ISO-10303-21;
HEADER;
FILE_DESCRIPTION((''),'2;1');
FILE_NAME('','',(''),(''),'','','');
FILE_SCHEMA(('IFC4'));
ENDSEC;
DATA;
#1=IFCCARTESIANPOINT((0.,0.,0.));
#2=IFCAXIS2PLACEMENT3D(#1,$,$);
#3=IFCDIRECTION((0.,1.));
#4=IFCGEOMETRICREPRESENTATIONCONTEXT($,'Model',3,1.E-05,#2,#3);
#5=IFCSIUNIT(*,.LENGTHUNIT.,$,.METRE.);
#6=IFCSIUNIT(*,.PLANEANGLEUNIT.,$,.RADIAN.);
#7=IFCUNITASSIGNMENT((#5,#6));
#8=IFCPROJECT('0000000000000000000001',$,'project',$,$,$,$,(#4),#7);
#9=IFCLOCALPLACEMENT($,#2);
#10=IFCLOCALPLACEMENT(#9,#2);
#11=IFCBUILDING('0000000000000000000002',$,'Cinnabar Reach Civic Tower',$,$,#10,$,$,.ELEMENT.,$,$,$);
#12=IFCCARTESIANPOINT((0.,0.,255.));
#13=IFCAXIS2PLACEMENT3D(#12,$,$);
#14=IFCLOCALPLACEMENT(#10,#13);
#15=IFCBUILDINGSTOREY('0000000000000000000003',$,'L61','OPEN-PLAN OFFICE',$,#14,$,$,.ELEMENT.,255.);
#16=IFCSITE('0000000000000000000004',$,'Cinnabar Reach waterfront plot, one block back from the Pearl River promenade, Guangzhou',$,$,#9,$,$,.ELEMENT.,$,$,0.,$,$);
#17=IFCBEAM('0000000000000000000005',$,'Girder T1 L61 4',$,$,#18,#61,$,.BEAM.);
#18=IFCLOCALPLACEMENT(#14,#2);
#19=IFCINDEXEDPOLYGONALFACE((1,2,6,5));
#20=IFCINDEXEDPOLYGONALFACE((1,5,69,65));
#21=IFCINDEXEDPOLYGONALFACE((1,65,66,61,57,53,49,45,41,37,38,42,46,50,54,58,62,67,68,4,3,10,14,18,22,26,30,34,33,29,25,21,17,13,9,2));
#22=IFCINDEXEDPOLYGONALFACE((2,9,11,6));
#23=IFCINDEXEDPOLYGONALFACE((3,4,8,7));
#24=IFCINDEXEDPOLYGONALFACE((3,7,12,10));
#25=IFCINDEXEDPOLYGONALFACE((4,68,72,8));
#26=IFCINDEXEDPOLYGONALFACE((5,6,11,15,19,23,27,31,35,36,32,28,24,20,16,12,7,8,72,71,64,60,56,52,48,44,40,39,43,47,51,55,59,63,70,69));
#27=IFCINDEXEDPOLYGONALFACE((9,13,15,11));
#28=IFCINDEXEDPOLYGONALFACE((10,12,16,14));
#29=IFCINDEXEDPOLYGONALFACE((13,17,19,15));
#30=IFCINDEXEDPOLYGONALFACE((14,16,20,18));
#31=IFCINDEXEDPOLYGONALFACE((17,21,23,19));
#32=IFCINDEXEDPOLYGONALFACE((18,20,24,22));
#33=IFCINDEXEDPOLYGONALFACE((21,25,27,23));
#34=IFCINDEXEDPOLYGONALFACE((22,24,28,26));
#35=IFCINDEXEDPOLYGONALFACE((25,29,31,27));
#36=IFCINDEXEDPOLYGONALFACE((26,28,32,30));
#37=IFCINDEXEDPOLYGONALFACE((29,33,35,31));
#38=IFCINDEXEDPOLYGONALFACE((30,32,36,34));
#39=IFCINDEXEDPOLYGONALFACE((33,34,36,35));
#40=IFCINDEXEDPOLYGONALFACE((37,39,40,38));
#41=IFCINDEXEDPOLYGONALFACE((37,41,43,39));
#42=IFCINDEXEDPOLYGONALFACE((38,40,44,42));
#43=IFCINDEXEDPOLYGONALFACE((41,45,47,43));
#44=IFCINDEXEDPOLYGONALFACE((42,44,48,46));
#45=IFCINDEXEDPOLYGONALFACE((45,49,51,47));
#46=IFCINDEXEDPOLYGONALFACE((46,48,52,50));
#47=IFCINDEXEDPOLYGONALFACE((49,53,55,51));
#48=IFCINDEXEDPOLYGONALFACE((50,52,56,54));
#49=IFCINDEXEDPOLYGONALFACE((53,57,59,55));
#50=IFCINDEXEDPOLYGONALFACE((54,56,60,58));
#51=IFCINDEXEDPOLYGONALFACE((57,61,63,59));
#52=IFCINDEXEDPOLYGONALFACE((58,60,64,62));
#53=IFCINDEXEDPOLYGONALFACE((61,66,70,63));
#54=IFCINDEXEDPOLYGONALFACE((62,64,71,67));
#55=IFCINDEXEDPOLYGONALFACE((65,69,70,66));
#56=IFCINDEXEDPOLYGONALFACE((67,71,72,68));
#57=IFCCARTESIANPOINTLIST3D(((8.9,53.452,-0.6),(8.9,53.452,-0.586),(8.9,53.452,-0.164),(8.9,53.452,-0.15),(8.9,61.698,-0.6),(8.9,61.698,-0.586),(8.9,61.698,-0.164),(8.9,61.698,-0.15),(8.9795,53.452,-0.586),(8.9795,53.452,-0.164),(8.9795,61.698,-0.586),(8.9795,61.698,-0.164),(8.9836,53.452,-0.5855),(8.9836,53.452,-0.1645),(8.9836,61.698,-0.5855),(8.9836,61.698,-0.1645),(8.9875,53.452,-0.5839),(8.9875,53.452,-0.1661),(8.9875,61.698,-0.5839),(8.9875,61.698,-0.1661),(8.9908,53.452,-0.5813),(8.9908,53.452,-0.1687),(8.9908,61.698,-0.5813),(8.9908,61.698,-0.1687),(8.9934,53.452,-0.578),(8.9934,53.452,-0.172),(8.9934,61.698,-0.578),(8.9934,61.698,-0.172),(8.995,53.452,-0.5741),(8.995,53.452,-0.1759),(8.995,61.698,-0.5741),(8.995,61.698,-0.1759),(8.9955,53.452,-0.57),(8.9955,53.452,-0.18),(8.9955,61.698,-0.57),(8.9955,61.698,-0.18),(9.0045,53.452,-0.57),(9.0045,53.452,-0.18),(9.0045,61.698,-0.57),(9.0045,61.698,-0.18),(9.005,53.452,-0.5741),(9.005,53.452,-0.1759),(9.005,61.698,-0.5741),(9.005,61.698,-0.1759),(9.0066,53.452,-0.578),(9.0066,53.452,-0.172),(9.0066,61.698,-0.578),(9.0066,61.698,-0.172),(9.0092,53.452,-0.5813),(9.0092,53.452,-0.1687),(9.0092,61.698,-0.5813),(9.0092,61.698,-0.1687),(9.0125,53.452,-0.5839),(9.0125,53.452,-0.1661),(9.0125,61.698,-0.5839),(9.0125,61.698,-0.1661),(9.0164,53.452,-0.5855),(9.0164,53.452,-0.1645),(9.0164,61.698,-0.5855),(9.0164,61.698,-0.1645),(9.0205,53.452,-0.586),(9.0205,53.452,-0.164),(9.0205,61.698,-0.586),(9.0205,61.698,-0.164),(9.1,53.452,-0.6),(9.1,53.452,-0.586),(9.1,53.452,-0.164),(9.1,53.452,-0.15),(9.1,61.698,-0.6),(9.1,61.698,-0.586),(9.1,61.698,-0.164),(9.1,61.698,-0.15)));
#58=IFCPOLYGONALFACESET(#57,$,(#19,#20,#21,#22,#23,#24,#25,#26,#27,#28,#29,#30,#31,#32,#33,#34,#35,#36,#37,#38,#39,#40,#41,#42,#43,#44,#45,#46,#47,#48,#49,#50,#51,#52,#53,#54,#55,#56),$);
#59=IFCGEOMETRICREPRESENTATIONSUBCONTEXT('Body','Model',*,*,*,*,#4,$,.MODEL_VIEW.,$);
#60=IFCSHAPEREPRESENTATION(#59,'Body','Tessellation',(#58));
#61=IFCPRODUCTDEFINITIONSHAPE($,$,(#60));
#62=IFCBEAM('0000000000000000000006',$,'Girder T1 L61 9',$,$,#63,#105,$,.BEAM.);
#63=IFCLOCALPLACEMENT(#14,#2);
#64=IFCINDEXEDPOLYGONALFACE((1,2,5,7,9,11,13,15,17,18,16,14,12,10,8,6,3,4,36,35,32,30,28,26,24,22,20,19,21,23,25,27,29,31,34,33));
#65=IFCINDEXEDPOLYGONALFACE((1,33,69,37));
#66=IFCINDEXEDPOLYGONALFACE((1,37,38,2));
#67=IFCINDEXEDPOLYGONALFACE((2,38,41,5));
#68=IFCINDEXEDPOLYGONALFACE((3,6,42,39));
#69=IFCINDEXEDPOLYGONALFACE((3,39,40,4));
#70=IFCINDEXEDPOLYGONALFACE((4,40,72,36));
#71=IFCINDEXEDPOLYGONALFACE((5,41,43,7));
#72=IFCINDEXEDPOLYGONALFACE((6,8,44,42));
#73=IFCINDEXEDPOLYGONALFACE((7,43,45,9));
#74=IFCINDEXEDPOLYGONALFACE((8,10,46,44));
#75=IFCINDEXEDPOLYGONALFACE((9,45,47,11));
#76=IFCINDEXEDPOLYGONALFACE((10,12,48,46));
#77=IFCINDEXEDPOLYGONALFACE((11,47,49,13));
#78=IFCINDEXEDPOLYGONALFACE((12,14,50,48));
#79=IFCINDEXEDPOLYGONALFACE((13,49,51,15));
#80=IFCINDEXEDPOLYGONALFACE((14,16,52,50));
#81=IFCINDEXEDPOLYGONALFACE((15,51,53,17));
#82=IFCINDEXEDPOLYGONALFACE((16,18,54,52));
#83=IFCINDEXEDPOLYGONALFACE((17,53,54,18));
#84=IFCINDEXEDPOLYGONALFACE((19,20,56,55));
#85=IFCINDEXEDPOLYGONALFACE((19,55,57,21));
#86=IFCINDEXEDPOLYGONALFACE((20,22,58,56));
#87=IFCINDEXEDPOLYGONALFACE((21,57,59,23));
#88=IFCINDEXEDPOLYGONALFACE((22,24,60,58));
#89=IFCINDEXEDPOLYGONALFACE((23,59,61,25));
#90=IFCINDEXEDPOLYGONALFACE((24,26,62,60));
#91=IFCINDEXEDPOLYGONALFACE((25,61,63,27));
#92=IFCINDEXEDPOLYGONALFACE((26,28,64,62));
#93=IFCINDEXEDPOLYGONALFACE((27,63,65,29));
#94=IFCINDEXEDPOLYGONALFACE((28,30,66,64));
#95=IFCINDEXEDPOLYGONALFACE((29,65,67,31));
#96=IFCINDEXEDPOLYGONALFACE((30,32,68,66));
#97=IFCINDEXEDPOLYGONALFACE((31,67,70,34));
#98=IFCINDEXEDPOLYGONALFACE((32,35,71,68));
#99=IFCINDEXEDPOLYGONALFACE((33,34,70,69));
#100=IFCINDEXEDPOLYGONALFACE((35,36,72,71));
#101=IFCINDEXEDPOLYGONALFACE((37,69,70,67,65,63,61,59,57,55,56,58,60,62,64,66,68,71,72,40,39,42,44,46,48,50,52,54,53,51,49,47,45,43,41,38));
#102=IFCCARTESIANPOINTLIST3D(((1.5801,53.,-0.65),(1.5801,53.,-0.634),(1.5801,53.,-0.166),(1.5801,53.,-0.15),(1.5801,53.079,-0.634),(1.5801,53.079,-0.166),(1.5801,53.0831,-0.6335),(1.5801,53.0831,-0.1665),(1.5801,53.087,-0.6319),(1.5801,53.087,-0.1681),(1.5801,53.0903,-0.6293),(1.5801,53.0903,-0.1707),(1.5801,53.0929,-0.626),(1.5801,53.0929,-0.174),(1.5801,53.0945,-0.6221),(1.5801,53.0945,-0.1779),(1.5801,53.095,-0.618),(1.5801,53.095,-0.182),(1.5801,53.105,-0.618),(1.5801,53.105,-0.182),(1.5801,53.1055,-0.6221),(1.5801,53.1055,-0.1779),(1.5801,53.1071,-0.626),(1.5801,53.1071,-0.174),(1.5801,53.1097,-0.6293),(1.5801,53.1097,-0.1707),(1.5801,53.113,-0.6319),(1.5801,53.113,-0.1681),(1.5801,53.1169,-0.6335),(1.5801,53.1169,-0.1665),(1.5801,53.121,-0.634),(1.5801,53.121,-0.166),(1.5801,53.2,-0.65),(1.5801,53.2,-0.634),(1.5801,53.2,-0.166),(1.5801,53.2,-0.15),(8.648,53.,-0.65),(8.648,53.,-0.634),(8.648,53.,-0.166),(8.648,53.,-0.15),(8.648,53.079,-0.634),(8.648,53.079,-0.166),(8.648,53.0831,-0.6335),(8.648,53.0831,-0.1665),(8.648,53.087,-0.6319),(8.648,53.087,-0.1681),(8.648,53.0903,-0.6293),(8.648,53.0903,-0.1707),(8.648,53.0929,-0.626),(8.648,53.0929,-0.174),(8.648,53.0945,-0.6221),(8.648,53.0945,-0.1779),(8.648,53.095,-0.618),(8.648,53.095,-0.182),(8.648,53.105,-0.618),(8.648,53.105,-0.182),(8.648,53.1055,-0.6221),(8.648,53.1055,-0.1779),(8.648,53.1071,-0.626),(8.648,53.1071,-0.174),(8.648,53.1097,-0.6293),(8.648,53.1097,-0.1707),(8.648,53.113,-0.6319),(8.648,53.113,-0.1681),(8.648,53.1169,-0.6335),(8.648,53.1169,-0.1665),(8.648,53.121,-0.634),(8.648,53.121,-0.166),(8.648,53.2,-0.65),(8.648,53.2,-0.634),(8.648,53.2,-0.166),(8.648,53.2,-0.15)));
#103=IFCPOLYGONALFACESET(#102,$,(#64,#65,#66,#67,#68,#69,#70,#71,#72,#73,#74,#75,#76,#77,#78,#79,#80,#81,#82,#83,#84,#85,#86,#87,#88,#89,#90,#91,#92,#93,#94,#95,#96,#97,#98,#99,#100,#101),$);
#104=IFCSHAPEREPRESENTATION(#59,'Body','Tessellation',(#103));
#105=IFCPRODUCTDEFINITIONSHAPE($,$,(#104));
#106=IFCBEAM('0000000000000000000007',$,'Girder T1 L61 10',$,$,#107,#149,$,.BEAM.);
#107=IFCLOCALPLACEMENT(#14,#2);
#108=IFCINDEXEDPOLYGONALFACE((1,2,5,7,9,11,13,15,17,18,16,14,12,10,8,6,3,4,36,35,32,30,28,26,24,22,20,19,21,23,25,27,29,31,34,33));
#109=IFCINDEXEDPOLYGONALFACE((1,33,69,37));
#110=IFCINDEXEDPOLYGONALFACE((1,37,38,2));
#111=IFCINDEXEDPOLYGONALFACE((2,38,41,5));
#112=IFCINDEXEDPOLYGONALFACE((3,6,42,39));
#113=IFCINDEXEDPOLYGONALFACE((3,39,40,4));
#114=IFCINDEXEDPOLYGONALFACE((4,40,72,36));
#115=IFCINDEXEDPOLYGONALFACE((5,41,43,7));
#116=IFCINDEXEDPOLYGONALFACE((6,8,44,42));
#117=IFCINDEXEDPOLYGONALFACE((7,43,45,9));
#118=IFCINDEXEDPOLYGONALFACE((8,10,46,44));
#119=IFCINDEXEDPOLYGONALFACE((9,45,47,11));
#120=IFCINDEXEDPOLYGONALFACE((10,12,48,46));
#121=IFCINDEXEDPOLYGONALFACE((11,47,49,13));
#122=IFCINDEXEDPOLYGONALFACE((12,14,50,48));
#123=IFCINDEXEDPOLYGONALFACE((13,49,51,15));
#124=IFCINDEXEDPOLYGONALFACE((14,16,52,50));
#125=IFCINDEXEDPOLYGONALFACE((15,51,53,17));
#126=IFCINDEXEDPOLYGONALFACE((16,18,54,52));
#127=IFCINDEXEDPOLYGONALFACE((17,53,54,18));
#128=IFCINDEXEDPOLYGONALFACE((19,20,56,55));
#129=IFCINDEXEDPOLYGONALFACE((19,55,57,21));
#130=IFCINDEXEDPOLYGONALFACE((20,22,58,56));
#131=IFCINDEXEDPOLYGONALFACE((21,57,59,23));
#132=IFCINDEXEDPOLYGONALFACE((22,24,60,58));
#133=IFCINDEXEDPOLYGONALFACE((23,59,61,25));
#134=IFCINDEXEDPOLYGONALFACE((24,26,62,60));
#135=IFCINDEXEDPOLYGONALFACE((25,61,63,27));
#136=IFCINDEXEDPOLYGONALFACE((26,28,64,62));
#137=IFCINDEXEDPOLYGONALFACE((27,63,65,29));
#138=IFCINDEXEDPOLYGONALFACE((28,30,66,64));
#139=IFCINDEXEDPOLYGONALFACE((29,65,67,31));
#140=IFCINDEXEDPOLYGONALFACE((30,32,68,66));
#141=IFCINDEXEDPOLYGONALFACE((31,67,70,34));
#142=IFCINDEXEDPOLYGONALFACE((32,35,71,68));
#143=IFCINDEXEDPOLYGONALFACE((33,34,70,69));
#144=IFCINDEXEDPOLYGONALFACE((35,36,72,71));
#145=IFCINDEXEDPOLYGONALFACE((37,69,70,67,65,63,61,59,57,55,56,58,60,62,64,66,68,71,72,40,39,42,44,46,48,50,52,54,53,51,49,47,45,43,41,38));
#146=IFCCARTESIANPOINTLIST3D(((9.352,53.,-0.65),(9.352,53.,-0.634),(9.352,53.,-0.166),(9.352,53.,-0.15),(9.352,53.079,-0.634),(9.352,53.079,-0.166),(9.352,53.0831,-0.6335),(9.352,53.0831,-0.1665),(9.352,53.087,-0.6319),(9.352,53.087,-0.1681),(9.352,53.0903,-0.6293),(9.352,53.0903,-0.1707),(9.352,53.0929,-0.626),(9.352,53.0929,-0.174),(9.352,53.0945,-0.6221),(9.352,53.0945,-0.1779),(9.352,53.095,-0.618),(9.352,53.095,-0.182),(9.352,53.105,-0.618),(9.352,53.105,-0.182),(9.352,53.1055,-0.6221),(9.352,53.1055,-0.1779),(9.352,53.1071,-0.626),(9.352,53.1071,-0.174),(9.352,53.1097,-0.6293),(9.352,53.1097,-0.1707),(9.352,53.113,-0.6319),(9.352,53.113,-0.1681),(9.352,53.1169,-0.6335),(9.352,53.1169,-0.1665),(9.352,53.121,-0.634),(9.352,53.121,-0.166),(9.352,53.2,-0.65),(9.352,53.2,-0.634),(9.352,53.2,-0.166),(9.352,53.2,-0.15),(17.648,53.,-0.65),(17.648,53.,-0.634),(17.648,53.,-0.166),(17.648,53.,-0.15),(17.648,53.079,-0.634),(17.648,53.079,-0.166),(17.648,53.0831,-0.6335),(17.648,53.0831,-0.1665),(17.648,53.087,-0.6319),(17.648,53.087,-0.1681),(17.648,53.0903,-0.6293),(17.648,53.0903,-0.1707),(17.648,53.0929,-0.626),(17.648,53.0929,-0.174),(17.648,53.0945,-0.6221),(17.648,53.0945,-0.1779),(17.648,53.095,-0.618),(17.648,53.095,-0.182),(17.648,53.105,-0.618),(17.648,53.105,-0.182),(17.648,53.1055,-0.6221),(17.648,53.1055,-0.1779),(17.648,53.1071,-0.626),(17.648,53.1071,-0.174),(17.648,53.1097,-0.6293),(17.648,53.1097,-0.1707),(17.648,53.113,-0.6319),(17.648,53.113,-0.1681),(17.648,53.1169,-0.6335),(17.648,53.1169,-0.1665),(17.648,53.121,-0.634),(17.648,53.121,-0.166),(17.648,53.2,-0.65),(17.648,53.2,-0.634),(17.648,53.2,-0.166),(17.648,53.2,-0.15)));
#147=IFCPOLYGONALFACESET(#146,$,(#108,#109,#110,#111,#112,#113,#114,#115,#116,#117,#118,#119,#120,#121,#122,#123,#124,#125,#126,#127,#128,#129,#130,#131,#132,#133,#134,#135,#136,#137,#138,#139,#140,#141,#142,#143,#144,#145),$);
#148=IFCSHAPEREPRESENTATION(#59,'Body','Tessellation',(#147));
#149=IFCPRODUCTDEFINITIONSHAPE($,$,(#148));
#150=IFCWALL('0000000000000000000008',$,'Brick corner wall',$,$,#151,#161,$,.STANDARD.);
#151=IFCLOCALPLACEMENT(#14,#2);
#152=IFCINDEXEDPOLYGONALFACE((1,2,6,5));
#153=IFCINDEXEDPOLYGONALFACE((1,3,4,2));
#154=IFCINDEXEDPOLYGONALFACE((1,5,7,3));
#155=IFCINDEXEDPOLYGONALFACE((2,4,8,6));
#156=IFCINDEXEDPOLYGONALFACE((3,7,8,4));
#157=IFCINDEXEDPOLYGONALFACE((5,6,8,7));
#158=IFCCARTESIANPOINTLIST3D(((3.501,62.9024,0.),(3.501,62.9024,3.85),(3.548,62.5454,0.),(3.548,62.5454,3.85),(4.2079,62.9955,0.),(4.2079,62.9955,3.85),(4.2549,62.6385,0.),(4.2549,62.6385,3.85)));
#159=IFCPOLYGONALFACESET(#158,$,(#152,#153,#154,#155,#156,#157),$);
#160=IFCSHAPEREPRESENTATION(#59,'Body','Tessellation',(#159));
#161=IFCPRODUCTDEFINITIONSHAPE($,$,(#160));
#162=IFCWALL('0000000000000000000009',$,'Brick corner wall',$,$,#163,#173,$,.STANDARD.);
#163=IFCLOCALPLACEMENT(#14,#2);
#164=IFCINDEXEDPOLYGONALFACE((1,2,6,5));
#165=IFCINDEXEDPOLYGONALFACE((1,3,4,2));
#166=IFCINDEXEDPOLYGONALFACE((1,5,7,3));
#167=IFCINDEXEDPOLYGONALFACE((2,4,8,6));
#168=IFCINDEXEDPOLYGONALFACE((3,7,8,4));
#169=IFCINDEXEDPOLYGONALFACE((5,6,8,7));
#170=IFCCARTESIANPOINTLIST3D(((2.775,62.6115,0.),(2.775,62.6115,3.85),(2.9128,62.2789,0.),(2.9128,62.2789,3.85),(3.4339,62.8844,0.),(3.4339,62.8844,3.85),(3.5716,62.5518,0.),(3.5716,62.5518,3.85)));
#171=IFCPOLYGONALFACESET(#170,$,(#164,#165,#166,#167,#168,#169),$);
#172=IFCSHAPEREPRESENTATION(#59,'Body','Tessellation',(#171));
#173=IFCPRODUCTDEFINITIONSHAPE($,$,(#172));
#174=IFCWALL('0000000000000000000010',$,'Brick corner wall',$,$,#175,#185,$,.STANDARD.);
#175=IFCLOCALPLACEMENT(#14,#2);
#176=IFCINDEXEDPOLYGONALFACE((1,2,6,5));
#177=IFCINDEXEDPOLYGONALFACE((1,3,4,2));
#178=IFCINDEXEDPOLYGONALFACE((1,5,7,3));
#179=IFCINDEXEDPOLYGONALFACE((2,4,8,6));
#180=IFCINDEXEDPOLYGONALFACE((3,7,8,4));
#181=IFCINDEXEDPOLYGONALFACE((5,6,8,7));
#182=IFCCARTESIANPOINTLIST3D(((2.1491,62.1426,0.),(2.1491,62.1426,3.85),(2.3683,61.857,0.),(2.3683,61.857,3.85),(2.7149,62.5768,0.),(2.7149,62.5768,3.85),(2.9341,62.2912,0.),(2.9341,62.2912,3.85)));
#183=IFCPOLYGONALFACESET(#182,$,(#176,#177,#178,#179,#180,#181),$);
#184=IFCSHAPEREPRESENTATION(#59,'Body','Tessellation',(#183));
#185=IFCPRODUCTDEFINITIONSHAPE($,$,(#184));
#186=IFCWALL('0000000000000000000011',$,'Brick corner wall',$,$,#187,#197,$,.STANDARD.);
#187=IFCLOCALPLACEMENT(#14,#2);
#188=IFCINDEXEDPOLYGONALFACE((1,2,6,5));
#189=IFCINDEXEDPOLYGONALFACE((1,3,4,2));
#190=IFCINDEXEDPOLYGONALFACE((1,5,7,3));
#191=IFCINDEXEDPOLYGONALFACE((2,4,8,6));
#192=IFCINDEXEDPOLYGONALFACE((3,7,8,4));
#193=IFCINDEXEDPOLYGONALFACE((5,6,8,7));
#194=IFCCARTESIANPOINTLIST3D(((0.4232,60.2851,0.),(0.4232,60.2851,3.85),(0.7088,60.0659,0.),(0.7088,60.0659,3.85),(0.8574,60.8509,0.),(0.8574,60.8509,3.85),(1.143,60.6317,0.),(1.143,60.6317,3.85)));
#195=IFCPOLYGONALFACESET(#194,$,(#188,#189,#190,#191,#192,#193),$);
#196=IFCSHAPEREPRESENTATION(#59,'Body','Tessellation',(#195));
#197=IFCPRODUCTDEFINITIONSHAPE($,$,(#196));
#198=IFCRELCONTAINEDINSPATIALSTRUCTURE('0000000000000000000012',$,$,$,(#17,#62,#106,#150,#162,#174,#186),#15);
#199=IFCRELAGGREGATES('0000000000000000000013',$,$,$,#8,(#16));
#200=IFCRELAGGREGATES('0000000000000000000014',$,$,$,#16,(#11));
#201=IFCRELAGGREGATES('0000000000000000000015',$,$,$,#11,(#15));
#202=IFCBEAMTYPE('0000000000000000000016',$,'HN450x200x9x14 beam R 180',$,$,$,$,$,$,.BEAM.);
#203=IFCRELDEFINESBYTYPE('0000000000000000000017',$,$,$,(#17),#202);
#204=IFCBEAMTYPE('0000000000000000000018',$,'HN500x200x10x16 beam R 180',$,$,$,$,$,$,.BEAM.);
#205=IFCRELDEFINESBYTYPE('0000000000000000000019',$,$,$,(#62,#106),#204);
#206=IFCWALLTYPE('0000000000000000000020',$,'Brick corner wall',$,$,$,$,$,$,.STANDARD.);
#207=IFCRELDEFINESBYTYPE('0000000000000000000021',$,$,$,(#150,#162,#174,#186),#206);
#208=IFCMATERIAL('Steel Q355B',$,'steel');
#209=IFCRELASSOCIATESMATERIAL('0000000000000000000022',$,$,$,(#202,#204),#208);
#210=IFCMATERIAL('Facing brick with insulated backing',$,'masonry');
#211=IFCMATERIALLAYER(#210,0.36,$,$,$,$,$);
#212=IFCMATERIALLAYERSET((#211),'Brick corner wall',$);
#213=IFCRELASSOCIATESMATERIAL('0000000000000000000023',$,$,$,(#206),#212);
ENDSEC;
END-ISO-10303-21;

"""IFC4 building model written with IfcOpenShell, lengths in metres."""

from ifc_helpers import new_model, si_unit, direction, frame, frame_2d, origin, origin_2d, place, context, subcontext, project, spatial, rectangle, i_section, extrude, material, layer, layer_set, material_profile, profile_set, type_object, element, save


model = new_model("IFC4")

# Units and contexts
model_context = context("Model", 3, precision=1e-05, world=origin(), true_north=direction((0.0, 1.0)))
body_context = subcontext(model_context, "Body", "Model", "MODEL_VIEW")
ifc_project = project(units=[si_unit("LENGTHUNIT", "METRE"), si_unit("PLANEANGLEUNIT", "RADIAN")], contexts=[model_context])

# Site, building, storey
site_placement = place(None, origin())
site = spatial("IfcSite", under=ifc_project, at=site_placement, Name="Cinnabar Reach waterfront plot, one block back from the Pearl River promenade, Guangzhou", CompositionType="ELEMENT", RefElevation=0.0)
building_placement = place(site_placement, origin())
building = spatial("IfcBuilding", under=site, at=building_placement, Name="Cinnabar Reach Civic Tower", CompositionType="ELEMENT")
storey_placement = place(building_placement, frame((0.0, 0.0, 255.0)))
storey = spatial("IfcBuildingStorey", under=building, at=storey_placement, Name="L61", Description="OPEN-PLAN OFFICE", CompositionType="ELEMENT", Elevation=255.0)

# Beams
ifc_material_1 = material(Name="Steel Q355B", Category="steel")
ifc_material_profile_1 = material_profile(ifc_material_1, i_section(OverallWidth=0.2, OverallDepth=0.45, WebThickness=0.009, FlangeThickness=0.014, FilletRadius=0.016, at=origin_2d()), Name="HN450x200x9x14")
ifc_profile_set_1 = profile_set([ifc_material_profile_1], Name="Steel Q355B")
beam_type_1 = type_object("IfcBeamType", Name="HN450x200x9x14 beam R 180", PredefinedType="BEAM", material=ifc_profile_set_1)
beam_1_placement = place(storey_placement, frame((9.0, 53.452, -0.375), z_axis=(0.0, 1.0, 0.0), x_axis=(-1.0, 0.0, 0.0)))
element("IfcBeam", 1, at=beam_1_placement, inside=storey, type_object=beam_type_1, Name="Girder T1 L61 4", PredefinedType="BEAM", context=body_context, shape_type="SweptSolid", body=[
    extrude(i_section(OverallWidth=0.2, OverallDepth=0.45, WebThickness=0.009, FlangeThickness=0.014, FilletRadius=0.016, at=origin_2d()), origin(), (0.0, 0.0, 1.0), 8.246),
])
ifc_material_profile_2 = material_profile(ifc_material_1, i_section(OverallWidth=0.2, OverallDepth=0.5, WebThickness=0.01, FlangeThickness=0.016, FilletRadius=0.016, at=origin_2d()), Name="HN500x200x10x16")
ifc_profile_set_2 = profile_set([ifc_material_profile_2], Name="Steel Q355B")
beam_type_2 = type_object("IfcBeamType", Name="HN500x200x10x16 beam R 180", PredefinedType="BEAM", material=ifc_profile_set_2)
beam_2_placement = place(storey_placement, frame((1.5801, 53.1, -0.4), z_axis=(1.0, 0.0, 0.0), x_axis=(0.0, 1.0, 0.0)))
element("IfcBeam", 2, at=beam_2_placement, inside=storey, type_object=beam_type_2, Name="Girder T1 L61 9", PredefinedType="BEAM", context=body_context, shape_type="SweptSolid", body=[
    extrude(i_section(OverallWidth=0.2, OverallDepth=0.5, WebThickness=0.01, FlangeThickness=0.016, FilletRadius=0.016, at=origin_2d()), origin(), (0.0, 0.0, 1.0), 7.0679),
])
beam_3_placement = place(storey_placement, frame((9.352, 53.1, -0.4), z_axis=(1.0, 0.0, 0.0), x_axis=(0.0, 1.0, 0.0)))
element("IfcBeam", 3, at=beam_3_placement, inside=storey, type_object=beam_type_2, Name="Girder T1 L61 10", PredefinedType="BEAM", context=body_context, shape_type="SweptSolid", body=[
    extrude(i_section(OverallWidth=0.2, OverallDepth=0.5, WebThickness=0.01, FlangeThickness=0.016, FilletRadius=0.016, at=origin_2d()), origin(), (0.0, 0.0, 1.0), 8.296),
])

# Walls
ifc_material_2 = material(Name="Facing brick with insulated backing", Category="masonry")
ifc_layer_1 = layer(ifc_material_2, 0.36)
ifc_layer_set_1 = layer_set([ifc_layer_1], Name="Brick corner wall")
wall_type_1 = type_object("IfcWallType", Name="Brick corner wall", PredefinedType="STANDARD", material=ifc_layer_set_1)
for number, where, z_axis, x_axis, name in (
    (4, (4.2314, 62.817, 0.0), (0.0, 0.0, 1.0), (-0.991441, -0.130556, 0.0), "Brick corner wall"),
    (5, (3.5027, 62.7181, 0.0), (0.0, 0.0, 1.0), (-0.923872, -0.382703, 0.0), "Brick corner wall"),
):
    element("IfcWall", number, at=place(storey_placement, frame(where, z_axis=z_axis, x_axis=x_axis)), inside=storey, type_object=wall_type_1, Name=name, PredefinedType="STANDARD", context=body_context, shape_type="SweptSolid", body=[
        extrude(rectangle(XDim=0.7131, YDim=0.36, at=frame_2d((0.3565, 0.0))), origin(), (0.0, 0.0, 1.0), 3.85),
    ])
for number, where, z_axis, x_axis, name in (
    (6, (2.8245, 62.434, 0.0), (0.0, 0.0, 1.0), (-0.793322, -0.608802, 0.0), "Brick corner wall"),
    (7, (1.0002, 60.7413, 0.0), (0.0, 0.0, 1.0), (-0.608802, -0.793322, 0.0), "Brick corner wall"),
):
    element("IfcWall", number, at=place(storey_placement, frame(where, z_axis=z_axis, x_axis=x_axis)), inside=storey, type_object=wall_type_1, Name=name, PredefinedType="STANDARD", context=body_context, shape_type="SweptSolid", body=[
        extrude(rectangle(XDim=0.7132, YDim=0.36, at=frame_2d((0.3566, 0.0))), origin(), (0.0, 0.0, 1.0), 3.85),
    ])

save(model, "model.ifc")
